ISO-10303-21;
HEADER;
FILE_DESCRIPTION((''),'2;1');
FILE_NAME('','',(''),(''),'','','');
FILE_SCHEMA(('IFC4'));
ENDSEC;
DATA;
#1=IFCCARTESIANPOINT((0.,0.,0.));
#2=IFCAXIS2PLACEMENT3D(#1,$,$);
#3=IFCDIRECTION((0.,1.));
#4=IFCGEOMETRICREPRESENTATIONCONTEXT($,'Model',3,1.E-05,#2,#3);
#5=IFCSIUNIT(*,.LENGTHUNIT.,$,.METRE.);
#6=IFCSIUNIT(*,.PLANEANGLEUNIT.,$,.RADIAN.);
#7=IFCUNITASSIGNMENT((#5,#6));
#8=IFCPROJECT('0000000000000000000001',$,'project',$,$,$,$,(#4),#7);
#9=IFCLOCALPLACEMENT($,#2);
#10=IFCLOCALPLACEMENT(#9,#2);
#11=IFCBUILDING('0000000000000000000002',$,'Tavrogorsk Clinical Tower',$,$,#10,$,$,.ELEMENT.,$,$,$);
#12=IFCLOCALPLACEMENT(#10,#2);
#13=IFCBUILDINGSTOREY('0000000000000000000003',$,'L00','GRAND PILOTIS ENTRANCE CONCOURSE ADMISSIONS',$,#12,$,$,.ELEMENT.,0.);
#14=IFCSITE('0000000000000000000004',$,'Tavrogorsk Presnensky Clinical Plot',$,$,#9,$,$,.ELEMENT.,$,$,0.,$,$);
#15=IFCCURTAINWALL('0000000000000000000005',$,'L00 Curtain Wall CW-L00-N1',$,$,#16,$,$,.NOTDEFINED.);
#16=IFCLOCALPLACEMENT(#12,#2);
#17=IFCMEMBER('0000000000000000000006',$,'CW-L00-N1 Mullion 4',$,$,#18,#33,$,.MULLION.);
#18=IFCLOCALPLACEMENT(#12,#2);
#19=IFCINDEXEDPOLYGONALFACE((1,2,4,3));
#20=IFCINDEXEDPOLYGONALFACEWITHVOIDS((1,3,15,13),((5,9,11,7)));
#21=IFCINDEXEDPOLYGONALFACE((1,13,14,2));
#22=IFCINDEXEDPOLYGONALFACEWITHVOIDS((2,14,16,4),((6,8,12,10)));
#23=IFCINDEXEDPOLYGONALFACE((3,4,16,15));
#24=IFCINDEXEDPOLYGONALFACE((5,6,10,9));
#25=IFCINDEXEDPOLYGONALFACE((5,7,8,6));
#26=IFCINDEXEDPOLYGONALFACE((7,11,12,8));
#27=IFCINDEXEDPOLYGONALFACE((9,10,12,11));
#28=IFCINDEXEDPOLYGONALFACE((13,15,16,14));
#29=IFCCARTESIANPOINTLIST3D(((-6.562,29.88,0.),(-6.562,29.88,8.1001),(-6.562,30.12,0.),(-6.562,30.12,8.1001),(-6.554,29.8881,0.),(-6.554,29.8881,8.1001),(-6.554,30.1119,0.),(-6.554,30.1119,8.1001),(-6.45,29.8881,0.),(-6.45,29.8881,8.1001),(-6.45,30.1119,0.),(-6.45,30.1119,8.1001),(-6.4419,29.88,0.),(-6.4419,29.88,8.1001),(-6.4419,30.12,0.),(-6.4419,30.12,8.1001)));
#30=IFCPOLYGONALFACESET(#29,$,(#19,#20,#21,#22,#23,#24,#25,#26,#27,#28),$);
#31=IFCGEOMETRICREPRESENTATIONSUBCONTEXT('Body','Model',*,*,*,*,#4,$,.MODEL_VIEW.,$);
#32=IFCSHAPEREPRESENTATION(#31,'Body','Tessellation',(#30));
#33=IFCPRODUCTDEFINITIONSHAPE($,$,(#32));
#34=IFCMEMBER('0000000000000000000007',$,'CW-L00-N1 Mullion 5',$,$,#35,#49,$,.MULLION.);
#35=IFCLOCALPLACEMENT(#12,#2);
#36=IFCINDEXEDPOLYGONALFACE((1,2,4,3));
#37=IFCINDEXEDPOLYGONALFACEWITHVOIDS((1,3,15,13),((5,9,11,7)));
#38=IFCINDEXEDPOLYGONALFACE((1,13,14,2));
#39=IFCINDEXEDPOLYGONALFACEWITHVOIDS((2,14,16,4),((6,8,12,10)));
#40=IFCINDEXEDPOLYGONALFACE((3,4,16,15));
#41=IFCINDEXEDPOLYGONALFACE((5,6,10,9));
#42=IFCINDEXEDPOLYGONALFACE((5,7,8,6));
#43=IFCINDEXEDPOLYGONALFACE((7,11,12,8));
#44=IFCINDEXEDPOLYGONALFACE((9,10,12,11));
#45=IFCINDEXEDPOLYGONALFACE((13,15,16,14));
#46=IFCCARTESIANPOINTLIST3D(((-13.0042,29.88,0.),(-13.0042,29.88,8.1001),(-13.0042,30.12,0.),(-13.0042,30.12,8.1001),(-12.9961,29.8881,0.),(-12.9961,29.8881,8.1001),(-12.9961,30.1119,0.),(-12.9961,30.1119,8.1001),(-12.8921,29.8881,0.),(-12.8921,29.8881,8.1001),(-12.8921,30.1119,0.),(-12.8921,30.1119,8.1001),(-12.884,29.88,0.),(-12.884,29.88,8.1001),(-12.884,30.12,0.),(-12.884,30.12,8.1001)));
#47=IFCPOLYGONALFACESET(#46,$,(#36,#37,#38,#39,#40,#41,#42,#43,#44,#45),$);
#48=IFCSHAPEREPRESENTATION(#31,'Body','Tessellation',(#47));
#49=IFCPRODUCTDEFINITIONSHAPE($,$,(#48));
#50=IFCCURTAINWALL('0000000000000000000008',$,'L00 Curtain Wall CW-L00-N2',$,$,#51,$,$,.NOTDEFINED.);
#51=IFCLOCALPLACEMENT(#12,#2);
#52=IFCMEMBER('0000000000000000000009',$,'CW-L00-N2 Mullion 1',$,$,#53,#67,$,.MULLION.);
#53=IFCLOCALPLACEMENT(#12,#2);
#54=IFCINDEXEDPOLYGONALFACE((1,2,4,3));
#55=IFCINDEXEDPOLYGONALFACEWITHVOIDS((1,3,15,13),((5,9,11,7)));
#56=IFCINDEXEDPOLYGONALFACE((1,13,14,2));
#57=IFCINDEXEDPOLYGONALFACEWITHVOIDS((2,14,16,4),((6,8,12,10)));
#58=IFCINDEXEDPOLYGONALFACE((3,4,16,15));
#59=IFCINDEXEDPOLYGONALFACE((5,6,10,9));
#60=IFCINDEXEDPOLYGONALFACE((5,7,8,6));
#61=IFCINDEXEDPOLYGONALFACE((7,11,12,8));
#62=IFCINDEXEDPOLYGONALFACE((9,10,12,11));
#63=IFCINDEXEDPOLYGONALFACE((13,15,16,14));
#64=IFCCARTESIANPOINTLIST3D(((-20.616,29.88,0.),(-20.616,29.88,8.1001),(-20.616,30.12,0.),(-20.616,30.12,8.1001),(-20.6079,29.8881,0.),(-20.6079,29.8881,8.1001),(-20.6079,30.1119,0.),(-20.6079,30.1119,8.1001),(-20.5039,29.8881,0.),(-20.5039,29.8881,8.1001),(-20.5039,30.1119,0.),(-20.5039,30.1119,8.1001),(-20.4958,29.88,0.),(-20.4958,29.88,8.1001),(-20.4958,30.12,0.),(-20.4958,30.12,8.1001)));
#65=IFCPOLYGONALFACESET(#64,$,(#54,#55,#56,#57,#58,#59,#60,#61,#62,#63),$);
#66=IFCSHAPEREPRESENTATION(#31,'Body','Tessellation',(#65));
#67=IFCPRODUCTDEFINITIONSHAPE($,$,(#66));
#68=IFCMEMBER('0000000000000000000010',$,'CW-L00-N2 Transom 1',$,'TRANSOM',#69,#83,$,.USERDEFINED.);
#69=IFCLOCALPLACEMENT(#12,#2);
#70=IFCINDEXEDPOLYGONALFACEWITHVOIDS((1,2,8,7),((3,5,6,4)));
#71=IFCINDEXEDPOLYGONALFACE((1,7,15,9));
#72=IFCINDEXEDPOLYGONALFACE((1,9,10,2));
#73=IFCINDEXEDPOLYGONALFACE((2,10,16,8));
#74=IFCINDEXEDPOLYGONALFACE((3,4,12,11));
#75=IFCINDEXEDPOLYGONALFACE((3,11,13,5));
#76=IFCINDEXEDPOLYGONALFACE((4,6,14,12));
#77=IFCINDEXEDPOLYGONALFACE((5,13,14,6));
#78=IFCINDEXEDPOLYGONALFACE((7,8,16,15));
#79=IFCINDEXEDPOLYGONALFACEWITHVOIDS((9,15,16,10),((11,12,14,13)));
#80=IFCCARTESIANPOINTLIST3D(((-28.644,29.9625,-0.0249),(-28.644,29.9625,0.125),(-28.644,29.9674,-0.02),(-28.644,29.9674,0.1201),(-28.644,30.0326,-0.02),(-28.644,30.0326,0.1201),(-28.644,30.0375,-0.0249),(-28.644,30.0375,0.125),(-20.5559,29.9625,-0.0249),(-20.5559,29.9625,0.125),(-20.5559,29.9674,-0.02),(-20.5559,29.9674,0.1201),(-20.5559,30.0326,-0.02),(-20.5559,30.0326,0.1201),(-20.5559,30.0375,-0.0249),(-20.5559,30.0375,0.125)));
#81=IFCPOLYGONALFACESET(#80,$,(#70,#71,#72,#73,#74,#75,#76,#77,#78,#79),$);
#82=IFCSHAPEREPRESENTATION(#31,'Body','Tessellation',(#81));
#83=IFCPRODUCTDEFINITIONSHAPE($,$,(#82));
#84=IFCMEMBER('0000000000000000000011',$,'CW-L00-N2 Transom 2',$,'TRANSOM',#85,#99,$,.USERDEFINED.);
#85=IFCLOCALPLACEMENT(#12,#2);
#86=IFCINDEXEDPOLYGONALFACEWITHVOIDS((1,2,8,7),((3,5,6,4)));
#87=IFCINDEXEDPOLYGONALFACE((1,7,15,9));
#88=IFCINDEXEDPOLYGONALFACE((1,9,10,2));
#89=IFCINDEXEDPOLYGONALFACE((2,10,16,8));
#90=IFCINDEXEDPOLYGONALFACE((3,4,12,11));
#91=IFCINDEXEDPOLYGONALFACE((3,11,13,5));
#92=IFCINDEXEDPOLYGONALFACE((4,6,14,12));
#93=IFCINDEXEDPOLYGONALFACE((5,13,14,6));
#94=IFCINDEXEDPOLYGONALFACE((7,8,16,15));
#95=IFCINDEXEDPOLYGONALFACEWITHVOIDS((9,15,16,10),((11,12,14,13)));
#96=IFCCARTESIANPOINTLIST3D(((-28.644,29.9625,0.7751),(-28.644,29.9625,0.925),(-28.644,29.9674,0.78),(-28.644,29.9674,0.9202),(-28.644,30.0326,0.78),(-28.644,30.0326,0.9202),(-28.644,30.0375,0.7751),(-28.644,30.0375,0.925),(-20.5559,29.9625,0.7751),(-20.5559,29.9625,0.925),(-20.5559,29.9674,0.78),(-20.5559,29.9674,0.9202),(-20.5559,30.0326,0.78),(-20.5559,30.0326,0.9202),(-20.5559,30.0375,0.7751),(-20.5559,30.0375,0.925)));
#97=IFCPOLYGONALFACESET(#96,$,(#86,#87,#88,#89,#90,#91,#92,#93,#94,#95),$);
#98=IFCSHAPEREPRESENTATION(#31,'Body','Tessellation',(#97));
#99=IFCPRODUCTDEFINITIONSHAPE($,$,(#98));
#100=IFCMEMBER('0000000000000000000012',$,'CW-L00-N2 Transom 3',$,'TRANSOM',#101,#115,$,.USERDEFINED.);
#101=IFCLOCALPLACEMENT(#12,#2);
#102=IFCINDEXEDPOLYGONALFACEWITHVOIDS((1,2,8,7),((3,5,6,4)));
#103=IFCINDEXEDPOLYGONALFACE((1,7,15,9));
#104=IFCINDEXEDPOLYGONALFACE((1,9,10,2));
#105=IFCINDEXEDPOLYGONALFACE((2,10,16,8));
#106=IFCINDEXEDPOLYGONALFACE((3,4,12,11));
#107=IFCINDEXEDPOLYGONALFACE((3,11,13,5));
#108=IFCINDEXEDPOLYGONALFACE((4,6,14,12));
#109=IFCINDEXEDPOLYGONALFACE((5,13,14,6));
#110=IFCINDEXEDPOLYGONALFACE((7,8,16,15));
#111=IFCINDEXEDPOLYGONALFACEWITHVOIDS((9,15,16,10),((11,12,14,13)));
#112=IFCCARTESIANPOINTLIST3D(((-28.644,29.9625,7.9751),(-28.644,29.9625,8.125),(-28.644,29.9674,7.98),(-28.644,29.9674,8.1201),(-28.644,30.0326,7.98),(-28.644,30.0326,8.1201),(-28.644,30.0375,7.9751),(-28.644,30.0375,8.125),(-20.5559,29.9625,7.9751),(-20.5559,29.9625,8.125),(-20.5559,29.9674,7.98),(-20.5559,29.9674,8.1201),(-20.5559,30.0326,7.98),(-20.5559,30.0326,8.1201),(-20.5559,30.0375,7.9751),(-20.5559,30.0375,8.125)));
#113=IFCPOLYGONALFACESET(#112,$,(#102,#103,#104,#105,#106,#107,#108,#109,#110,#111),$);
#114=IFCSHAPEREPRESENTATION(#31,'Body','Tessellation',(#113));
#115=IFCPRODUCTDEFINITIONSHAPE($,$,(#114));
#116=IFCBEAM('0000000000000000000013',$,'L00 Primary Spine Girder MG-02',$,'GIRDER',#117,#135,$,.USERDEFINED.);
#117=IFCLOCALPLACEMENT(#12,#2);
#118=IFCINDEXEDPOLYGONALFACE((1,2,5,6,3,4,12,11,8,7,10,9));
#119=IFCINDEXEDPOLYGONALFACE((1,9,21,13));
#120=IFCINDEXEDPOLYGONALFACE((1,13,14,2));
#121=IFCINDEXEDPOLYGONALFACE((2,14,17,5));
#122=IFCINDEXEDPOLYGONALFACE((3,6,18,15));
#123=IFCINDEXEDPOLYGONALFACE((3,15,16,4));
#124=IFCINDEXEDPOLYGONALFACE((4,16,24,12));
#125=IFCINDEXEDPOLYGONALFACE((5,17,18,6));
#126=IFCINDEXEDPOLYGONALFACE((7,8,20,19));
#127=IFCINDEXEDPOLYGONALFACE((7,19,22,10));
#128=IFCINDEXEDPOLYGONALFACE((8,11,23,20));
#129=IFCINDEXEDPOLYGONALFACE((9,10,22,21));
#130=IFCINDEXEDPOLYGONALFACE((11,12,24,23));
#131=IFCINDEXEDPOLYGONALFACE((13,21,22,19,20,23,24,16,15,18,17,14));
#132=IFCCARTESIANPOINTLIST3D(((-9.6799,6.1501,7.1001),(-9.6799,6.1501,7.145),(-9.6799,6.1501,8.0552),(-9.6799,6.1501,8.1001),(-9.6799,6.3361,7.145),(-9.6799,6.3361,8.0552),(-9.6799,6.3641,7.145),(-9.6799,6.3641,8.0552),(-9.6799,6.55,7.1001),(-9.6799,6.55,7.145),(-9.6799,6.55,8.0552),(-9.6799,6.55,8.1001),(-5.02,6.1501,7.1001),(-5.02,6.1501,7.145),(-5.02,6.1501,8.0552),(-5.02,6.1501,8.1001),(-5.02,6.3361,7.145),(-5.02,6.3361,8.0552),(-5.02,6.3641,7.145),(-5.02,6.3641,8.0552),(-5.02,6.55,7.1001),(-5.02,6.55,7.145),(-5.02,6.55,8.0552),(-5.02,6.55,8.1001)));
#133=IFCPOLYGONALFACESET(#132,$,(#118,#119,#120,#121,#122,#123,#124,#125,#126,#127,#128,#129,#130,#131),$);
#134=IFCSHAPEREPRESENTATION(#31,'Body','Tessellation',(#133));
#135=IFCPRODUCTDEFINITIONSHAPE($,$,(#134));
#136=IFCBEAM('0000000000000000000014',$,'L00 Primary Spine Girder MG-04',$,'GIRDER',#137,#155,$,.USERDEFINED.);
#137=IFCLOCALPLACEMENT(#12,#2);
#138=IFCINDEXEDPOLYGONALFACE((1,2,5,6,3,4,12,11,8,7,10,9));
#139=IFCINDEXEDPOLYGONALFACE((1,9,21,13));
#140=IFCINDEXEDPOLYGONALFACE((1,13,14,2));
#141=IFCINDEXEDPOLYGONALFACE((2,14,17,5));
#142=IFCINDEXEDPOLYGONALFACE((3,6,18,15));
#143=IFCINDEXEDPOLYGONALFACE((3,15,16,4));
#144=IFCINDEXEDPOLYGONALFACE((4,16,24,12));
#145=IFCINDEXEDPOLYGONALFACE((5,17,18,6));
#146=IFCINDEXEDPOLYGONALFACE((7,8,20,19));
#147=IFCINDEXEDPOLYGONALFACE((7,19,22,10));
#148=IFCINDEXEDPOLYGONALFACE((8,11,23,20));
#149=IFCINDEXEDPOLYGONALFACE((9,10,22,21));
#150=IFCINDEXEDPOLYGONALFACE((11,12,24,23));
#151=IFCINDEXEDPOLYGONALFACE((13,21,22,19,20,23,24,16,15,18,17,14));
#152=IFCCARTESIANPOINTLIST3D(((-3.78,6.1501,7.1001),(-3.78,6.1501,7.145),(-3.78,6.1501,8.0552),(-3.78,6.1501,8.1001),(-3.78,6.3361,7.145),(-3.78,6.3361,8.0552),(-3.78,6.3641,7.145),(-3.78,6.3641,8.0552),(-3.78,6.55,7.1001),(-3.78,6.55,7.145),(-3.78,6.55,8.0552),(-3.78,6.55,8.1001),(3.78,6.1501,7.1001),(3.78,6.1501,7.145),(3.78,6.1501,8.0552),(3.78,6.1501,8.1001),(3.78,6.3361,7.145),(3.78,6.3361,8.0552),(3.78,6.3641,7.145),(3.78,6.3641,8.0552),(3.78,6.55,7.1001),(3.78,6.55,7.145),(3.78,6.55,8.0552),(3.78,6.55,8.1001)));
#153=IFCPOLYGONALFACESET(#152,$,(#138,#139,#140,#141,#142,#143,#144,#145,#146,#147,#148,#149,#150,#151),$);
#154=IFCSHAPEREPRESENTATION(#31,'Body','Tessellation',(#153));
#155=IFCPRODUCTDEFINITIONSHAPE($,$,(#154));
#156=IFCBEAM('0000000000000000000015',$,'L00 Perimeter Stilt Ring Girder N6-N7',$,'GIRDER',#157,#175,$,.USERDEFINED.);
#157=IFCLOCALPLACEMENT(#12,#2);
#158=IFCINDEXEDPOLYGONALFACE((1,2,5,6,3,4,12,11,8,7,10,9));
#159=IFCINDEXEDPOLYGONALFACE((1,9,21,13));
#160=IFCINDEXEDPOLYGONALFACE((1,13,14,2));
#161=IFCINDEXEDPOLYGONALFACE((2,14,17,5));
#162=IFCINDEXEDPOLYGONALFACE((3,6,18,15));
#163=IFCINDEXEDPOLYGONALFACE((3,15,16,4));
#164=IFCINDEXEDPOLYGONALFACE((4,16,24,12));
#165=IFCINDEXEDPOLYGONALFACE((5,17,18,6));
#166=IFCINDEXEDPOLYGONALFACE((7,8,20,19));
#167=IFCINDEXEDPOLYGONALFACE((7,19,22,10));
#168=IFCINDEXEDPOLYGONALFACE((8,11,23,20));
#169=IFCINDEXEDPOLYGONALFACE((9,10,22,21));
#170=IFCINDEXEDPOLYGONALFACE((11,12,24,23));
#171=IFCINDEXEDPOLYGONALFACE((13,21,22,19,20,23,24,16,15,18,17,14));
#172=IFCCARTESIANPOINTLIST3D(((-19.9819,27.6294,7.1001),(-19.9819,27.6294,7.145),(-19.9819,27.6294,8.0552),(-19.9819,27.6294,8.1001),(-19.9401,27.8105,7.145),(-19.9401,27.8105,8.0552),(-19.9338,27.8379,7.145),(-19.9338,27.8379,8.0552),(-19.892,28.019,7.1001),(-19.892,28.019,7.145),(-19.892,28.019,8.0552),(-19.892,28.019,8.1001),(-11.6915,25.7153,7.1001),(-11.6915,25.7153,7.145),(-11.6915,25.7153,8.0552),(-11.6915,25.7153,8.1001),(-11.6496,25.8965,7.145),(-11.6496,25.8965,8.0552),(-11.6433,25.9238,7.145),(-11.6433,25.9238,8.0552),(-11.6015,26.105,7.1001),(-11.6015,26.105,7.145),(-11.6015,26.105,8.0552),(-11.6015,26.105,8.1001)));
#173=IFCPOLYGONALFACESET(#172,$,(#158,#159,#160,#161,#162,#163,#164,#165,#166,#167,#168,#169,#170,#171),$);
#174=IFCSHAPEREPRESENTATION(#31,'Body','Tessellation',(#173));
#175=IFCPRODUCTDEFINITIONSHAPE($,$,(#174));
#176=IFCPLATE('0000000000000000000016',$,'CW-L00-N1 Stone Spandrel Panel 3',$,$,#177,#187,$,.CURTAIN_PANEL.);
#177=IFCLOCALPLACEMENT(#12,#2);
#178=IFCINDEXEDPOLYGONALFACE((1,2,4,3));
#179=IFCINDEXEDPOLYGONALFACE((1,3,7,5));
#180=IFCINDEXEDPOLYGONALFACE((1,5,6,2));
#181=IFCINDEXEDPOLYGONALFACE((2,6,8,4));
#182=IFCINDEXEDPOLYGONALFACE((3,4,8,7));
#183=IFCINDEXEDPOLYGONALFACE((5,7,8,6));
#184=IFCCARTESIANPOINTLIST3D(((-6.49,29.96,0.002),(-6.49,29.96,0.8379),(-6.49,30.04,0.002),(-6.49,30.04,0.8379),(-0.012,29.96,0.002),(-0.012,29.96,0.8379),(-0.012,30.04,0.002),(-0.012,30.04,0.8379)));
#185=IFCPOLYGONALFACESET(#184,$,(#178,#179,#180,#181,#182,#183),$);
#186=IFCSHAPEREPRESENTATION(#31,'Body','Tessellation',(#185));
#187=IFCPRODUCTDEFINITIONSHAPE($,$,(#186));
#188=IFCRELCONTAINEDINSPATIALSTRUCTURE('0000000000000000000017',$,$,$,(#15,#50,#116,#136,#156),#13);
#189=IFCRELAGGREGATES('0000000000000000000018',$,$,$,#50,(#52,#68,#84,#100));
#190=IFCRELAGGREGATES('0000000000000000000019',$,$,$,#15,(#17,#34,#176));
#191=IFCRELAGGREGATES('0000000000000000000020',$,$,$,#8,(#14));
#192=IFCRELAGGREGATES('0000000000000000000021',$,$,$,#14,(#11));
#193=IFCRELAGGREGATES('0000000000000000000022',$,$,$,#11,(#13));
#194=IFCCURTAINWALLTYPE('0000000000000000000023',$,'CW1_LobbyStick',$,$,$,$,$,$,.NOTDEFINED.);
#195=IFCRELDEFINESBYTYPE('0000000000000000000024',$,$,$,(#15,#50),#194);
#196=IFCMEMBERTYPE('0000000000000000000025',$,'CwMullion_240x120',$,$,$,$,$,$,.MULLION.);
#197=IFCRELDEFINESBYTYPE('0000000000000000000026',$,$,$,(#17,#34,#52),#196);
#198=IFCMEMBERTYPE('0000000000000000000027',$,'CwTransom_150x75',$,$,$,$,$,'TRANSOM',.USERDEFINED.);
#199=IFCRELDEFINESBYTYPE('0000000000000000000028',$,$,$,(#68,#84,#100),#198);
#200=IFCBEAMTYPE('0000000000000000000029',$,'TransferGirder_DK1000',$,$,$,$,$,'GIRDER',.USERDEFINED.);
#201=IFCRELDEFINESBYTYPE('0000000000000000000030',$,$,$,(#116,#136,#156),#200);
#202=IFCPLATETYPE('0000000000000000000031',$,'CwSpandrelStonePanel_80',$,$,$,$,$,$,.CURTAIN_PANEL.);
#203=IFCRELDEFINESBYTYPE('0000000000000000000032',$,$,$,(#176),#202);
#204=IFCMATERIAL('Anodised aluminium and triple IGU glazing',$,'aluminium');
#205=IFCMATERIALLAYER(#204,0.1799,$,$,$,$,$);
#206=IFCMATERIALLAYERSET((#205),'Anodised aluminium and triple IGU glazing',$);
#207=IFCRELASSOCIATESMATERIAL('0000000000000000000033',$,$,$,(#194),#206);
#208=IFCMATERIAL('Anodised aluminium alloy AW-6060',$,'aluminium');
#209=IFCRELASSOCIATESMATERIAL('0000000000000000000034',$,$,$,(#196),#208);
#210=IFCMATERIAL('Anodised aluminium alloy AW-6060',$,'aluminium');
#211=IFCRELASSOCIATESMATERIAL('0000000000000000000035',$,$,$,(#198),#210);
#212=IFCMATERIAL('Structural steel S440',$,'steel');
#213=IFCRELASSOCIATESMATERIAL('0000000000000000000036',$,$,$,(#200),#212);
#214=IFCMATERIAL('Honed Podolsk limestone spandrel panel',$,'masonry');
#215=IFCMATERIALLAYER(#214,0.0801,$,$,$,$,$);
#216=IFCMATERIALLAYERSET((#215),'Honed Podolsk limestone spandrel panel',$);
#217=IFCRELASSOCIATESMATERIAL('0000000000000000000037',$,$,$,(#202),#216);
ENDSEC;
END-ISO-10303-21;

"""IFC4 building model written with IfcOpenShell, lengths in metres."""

from ifc_helpers import new_model, si_unit, direction, frame, origin, origin_2d, place, context, subcontext, project, spatial, rectangle, hollow_rectangle, i_section, extrude, material, layer, layer_set, material_profile, profile_set, type_object, element, aggregate, save


model = new_model("IFC4")

# Units and contexts
model_context = context("Model", 3, precision=1e-05, world=origin(), true_north=direction((0.0, 1.0)))
body_context = subcontext(model_context, "Body", "Model", "MODEL_VIEW")
ifc_project = project(units=[si_unit("LENGTHUNIT", "METRE"), si_unit("PLANEANGLEUNIT", "RADIAN")], contexts=[model_context])

# Site, building, storey
site_placement = place(None, origin())
site = spatial("IfcSite", under=ifc_project, at=site_placement, Name="Tavrogorsk Presnensky Clinical Plot", CompositionType="ELEMENT", RefElevation=0.0)
building_placement = place(site_placement, origin())
building = spatial("IfcBuilding", under=site, at=building_placement, Name="Tavrogorsk Clinical Tower", CompositionType="ELEMENT")
storey_placement = place(building_placement, origin())
storey = spatial("IfcBuildingStorey", under=building, at=storey_placement, Name="L00", Description="GRAND PILOTIS ENTRANCE CONCOURSE ADMISSIONS", CompositionType="ELEMENT", Elevation=0.0)

# Curtain walls, members
ifc_material_1 = material(Name="Anodised aluminium and triple IGU glazing", Category="aluminium")
ifc_layer_1 = layer(ifc_material_1, 0.1799)
ifc_layer_set_1 = layer_set([ifc_layer_1], Name="Anodised aluminium and triple IGU glazing")
curtain_wall_type = type_object("IfcCurtainWallType", Name="CW1_LobbyStick", PredefinedType="NOTDEFINED", material=ifc_layer_set_1)
curtain_wall_1_placement = place(storey_placement, origin())
curtain_wall_1 = element("IfcCurtainWall", 1, at=curtain_wall_1_placement, inside=storey, type_object=curtain_wall_type, Name="L00 Curtain Wall CW-L00-N1", PredefinedType="NOTDEFINED")
ifc_material_2 = material(Name="Anodised aluminium alloy AW-6060", Category="aluminium")
ifc_material_profile_1 = material_profile(ifc_material_2, hollow_rectangle(XDim=0.1201, YDim=0.24, WallThickness=0.0081, at=origin_2d()), Name="RHS-240x120x8")
ifc_profile_set_1 = profile_set([ifc_material_profile_1], Name="Anodised aluminium alloy AW-6060")
member_type_1 = type_object("IfcMemberType", Name="CwMullion_240x120", PredefinedType="MULLION", material=ifc_profile_set_1)
member_1_placement = place(storey_placement, frame((-6.502, 30.0, 0.0), z_axis=(0.0, 0.0, 1.0), x_axis=(-1.0, 0.0, 0.0)))
member_1 = element("IfcMember", 2, at=member_1_placement, type_object=member_type_1, Name="CW-L00-N1 Mullion 4", PredefinedType="MULLION", context=body_context, shape_type="SweptSolid", body=[
    extrude(hollow_rectangle(XDim=0.1201, YDim=0.24, WallThickness=0.0081, at=origin_2d()), origin(), (0.0, 0.0, 1.0), 8.1001),
])
member_2_placement = place(storey_placement, frame((-12.9441, 30.0, 0.0), z_axis=(0.0, 0.0, 1.0), x_axis=(-1.0, 0.0, 0.0)))
member_2 = element("IfcMember", 3, at=member_2_placement, type_object=member_type_1, Name="CW-L00-N1 Mullion 5", PredefinedType="MULLION", context=body_context, shape_type="SweptSolid", body=[
    extrude(hollow_rectangle(XDim=0.1201, YDim=0.24, WallThickness=0.0081, at=origin_2d()), origin(), (0.0, 0.0, 1.0), 8.1001),
])
curtain_wall_2_placement = place(storey_placement, origin())
curtain_wall_2 = element("IfcCurtainWall", 4, at=curtain_wall_2_placement, inside=storey, type_object=curtain_wall_type, Name="L00 Curtain Wall CW-L00-N2", PredefinedType="NOTDEFINED")
member_3_placement = place(storey_placement, frame((-20.5559, 30.0, 0.0), z_axis=(0.0, 0.0, 1.0), x_axis=(-1.0, 0.0, 0.0)))
member_3 = element("IfcMember", 5, at=member_3_placement, type_object=member_type_1, Name="CW-L00-N2 Mullion 1", PredefinedType="MULLION", context=body_context, shape_type="SweptSolid", body=[
    extrude(hollow_rectangle(XDim=0.1201, YDim=0.24, WallThickness=0.0081, at=origin_2d()), origin(), (0.0, 0.0, 1.0), 8.1001),
])
ifc_material_3 = material(Name="Anodised aluminium alloy AW-6060", Category="aluminium")
ifc_material_profile_2 = material_profile(ifc_material_3, hollow_rectangle(XDim=0.075, YDim=0.1499, WallThickness=0.0049, at=origin_2d()), Name="RHS-150x75x5")
ifc_profile_set_2 = profile_set([ifc_material_profile_2], Name="Anodised aluminium alloy AW-6060")
member_type_2 = type_object("IfcMemberType", Name="CwTransom_150x75", ElementType="TRANSOM", PredefinedType="USERDEFINED", material=ifc_profile_set_2)
member_4_placement = place(storey_placement, frame((-20.5559, 30.0, 0.05), z_axis=(-1.0, 0.0, 0.0), x_axis=(0.0, -1.0, 0.0)))
member_4 = element("IfcMember", 6, at=member_4_placement, type_object=member_type_2, Name="CW-L00-N2 Transom 1", ObjectType="TRANSOM", PredefinedType="USERDEFINED", context=body_context, shape_type="SweptSolid", body=[
    extrude(hollow_rectangle(XDim=0.075, YDim=0.1499, WallThickness=0.0049, at=origin_2d()), origin(), (0.0, 0.0, 1.0), 8.0881),
])
member_5_placement = place(storey_placement, frame((-20.5559, 30.0, 0.8501), z_axis=(-1.0, 0.0, 0.0), x_axis=(0.0, -1.0, 0.0)))
member_5 = element("IfcMember", 7, at=member_5_placement, type_object=member_type_2, Name="CW-L00-N2 Transom 2", ObjectType="TRANSOM", PredefinedType="USERDEFINED", context=body_context, shape_type="SweptSolid", body=[
    extrude(hollow_rectangle(XDim=0.075, YDim=0.1499, WallThickness=0.0049, at=origin_2d()), origin(), (0.0, 0.0, 1.0), 8.0881),
])
member_6_placement = place(storey_placement, frame((-20.5559, 30.0, 8.05), z_axis=(-1.0, 0.0, 0.0), x_axis=(0.0, -1.0, 0.0)))
member_6 = element("IfcMember", 8, at=member_6_placement, type_object=member_type_2, Name="CW-L00-N2 Transom 3", ObjectType="TRANSOM", PredefinedType="USERDEFINED", context=body_context, shape_type="SweptSolid", body=[
    extrude(hollow_rectangle(XDim=0.075, YDim=0.1499, WallThickness=0.0049, at=origin_2d()), origin(), (0.0, 0.0, 1.0), 8.0881),
])
aggregate(curtain_wall_2, [member_3, member_4, member_5, member_6])

# Beams
ifc_material_4 = material(Name="Structural steel S440", Category="steel")
ifc_material_profile_3 = material_profile(ifc_material_4, i_section(OverallWidth=0.3999, OverallDepth=1.0, WebThickness=0.0281, FlangeThickness=0.0449, at=origin_2d()), Name="DK-1000x400x28x45")
ifc_profile_set_3 = profile_set([ifc_material_profile_3], Name="Structural steel S440")
beam_type = type_object("IfcBeamType", Name="TransferGirder_DK1000", ElementType="GIRDER", PredefinedType="USERDEFINED", material=ifc_profile_set_3)
beam_1_placement = place(storey_placement, frame((-9.6799, 6.3501, 7.6001), z_axis=(1.0, 0.0, 0.0), x_axis=(0.0, 1.0, 0.0)))
element("IfcBeam", 9, at=beam_1_placement, inside=storey, type_object=beam_type, Name="L00 Primary Spine Girder MG-02", ObjectType="GIRDER", PredefinedType="USERDEFINED", context=body_context, shape_type="SweptSolid", body=[
    extrude(i_section(OverallWidth=0.3999, OverallDepth=1.0, WebThickness=0.0281, FlangeThickness=0.0449, at=origin_2d()), origin(), (0.0, 0.0, 1.0), 4.6599),
])
beam_2_placement = place(storey_placement, frame((-3.78, 6.3501, 7.6001), z_axis=(1.0, 0.0, 0.0), x_axis=(0.0, 1.0, 0.0)))
element("IfcBeam", 10, at=beam_2_placement, inside=storey, type_object=beam_type, Name="L00 Primary Spine Girder MG-04", ObjectType="GIRDER", PredefinedType="USERDEFINED", context=body_context, shape_type="SweptSolid", body=[
    extrude(i_section(OverallWidth=0.3999, OverallDepth=1.0, WebThickness=0.0281, FlangeThickness=0.0449, at=origin_2d()), origin(), (0.0, 0.0, 1.0), 7.5601),
])
beam_3_placement = place(storey_placement, frame((-11.6465, 25.9102, 7.6001), z_axis=(-0.974369, 0.224956, 0.0), x_axis=(-0.224956, -0.974369, 0.0)))
element("IfcBeam", 11, at=beam_3_placement, inside=storey, type_object=beam_type, Name="L00 Perimeter Stilt Ring Girder N6-N7", ObjectType="GIRDER", PredefinedType="USERDEFINED", context=body_context, shape_type="SweptSolid", body=[
    extrude(i_section(OverallWidth=0.3999, OverallDepth=1.0, WebThickness=0.0281, FlangeThickness=0.0449, at=origin_2d()), origin(), (0.0, 0.0, 1.0), 8.5085),
])

# Plate
ifc_material_5 = material(Name="Honed Podolsk limestone spandrel panel", Category="masonry")
ifc_layer_2 = layer(ifc_material_5, 0.0801)
ifc_layer_set_2 = layer_set([ifc_layer_2], Name="Honed Podolsk limestone spandrel panel")
plate_type_1 = type_object("IfcPlateType", Name="CwSpandrelStonePanel_80", PredefinedType="CURTAIN_PANEL", material=ifc_layer_set_2)
plate_1_placement = place(storey_placement, frame((-3.251, 30.0, 0.002), z_axis=(0.0, 0.0, 1.0), x_axis=(-1.0, 0.0, 0.0)))
plate_1 = element("IfcPlate", 12, at=plate_1_placement, type_object=plate_type_1, Name="CW-L00-N1 Stone Spandrel Panel 3", PredefinedType="CURTAIN_PANEL", context=body_context, shape_type="SweptSolid", body=[
    extrude(rectangle(XDim=6.478, YDim=0.0801, at=origin_2d()), origin(), (0.0, 0.0, 1.0), 0.8359),
])
aggregate(curtain_wall_1, [member_1, member_2, plate_1])

save(model, "model.ifc")
